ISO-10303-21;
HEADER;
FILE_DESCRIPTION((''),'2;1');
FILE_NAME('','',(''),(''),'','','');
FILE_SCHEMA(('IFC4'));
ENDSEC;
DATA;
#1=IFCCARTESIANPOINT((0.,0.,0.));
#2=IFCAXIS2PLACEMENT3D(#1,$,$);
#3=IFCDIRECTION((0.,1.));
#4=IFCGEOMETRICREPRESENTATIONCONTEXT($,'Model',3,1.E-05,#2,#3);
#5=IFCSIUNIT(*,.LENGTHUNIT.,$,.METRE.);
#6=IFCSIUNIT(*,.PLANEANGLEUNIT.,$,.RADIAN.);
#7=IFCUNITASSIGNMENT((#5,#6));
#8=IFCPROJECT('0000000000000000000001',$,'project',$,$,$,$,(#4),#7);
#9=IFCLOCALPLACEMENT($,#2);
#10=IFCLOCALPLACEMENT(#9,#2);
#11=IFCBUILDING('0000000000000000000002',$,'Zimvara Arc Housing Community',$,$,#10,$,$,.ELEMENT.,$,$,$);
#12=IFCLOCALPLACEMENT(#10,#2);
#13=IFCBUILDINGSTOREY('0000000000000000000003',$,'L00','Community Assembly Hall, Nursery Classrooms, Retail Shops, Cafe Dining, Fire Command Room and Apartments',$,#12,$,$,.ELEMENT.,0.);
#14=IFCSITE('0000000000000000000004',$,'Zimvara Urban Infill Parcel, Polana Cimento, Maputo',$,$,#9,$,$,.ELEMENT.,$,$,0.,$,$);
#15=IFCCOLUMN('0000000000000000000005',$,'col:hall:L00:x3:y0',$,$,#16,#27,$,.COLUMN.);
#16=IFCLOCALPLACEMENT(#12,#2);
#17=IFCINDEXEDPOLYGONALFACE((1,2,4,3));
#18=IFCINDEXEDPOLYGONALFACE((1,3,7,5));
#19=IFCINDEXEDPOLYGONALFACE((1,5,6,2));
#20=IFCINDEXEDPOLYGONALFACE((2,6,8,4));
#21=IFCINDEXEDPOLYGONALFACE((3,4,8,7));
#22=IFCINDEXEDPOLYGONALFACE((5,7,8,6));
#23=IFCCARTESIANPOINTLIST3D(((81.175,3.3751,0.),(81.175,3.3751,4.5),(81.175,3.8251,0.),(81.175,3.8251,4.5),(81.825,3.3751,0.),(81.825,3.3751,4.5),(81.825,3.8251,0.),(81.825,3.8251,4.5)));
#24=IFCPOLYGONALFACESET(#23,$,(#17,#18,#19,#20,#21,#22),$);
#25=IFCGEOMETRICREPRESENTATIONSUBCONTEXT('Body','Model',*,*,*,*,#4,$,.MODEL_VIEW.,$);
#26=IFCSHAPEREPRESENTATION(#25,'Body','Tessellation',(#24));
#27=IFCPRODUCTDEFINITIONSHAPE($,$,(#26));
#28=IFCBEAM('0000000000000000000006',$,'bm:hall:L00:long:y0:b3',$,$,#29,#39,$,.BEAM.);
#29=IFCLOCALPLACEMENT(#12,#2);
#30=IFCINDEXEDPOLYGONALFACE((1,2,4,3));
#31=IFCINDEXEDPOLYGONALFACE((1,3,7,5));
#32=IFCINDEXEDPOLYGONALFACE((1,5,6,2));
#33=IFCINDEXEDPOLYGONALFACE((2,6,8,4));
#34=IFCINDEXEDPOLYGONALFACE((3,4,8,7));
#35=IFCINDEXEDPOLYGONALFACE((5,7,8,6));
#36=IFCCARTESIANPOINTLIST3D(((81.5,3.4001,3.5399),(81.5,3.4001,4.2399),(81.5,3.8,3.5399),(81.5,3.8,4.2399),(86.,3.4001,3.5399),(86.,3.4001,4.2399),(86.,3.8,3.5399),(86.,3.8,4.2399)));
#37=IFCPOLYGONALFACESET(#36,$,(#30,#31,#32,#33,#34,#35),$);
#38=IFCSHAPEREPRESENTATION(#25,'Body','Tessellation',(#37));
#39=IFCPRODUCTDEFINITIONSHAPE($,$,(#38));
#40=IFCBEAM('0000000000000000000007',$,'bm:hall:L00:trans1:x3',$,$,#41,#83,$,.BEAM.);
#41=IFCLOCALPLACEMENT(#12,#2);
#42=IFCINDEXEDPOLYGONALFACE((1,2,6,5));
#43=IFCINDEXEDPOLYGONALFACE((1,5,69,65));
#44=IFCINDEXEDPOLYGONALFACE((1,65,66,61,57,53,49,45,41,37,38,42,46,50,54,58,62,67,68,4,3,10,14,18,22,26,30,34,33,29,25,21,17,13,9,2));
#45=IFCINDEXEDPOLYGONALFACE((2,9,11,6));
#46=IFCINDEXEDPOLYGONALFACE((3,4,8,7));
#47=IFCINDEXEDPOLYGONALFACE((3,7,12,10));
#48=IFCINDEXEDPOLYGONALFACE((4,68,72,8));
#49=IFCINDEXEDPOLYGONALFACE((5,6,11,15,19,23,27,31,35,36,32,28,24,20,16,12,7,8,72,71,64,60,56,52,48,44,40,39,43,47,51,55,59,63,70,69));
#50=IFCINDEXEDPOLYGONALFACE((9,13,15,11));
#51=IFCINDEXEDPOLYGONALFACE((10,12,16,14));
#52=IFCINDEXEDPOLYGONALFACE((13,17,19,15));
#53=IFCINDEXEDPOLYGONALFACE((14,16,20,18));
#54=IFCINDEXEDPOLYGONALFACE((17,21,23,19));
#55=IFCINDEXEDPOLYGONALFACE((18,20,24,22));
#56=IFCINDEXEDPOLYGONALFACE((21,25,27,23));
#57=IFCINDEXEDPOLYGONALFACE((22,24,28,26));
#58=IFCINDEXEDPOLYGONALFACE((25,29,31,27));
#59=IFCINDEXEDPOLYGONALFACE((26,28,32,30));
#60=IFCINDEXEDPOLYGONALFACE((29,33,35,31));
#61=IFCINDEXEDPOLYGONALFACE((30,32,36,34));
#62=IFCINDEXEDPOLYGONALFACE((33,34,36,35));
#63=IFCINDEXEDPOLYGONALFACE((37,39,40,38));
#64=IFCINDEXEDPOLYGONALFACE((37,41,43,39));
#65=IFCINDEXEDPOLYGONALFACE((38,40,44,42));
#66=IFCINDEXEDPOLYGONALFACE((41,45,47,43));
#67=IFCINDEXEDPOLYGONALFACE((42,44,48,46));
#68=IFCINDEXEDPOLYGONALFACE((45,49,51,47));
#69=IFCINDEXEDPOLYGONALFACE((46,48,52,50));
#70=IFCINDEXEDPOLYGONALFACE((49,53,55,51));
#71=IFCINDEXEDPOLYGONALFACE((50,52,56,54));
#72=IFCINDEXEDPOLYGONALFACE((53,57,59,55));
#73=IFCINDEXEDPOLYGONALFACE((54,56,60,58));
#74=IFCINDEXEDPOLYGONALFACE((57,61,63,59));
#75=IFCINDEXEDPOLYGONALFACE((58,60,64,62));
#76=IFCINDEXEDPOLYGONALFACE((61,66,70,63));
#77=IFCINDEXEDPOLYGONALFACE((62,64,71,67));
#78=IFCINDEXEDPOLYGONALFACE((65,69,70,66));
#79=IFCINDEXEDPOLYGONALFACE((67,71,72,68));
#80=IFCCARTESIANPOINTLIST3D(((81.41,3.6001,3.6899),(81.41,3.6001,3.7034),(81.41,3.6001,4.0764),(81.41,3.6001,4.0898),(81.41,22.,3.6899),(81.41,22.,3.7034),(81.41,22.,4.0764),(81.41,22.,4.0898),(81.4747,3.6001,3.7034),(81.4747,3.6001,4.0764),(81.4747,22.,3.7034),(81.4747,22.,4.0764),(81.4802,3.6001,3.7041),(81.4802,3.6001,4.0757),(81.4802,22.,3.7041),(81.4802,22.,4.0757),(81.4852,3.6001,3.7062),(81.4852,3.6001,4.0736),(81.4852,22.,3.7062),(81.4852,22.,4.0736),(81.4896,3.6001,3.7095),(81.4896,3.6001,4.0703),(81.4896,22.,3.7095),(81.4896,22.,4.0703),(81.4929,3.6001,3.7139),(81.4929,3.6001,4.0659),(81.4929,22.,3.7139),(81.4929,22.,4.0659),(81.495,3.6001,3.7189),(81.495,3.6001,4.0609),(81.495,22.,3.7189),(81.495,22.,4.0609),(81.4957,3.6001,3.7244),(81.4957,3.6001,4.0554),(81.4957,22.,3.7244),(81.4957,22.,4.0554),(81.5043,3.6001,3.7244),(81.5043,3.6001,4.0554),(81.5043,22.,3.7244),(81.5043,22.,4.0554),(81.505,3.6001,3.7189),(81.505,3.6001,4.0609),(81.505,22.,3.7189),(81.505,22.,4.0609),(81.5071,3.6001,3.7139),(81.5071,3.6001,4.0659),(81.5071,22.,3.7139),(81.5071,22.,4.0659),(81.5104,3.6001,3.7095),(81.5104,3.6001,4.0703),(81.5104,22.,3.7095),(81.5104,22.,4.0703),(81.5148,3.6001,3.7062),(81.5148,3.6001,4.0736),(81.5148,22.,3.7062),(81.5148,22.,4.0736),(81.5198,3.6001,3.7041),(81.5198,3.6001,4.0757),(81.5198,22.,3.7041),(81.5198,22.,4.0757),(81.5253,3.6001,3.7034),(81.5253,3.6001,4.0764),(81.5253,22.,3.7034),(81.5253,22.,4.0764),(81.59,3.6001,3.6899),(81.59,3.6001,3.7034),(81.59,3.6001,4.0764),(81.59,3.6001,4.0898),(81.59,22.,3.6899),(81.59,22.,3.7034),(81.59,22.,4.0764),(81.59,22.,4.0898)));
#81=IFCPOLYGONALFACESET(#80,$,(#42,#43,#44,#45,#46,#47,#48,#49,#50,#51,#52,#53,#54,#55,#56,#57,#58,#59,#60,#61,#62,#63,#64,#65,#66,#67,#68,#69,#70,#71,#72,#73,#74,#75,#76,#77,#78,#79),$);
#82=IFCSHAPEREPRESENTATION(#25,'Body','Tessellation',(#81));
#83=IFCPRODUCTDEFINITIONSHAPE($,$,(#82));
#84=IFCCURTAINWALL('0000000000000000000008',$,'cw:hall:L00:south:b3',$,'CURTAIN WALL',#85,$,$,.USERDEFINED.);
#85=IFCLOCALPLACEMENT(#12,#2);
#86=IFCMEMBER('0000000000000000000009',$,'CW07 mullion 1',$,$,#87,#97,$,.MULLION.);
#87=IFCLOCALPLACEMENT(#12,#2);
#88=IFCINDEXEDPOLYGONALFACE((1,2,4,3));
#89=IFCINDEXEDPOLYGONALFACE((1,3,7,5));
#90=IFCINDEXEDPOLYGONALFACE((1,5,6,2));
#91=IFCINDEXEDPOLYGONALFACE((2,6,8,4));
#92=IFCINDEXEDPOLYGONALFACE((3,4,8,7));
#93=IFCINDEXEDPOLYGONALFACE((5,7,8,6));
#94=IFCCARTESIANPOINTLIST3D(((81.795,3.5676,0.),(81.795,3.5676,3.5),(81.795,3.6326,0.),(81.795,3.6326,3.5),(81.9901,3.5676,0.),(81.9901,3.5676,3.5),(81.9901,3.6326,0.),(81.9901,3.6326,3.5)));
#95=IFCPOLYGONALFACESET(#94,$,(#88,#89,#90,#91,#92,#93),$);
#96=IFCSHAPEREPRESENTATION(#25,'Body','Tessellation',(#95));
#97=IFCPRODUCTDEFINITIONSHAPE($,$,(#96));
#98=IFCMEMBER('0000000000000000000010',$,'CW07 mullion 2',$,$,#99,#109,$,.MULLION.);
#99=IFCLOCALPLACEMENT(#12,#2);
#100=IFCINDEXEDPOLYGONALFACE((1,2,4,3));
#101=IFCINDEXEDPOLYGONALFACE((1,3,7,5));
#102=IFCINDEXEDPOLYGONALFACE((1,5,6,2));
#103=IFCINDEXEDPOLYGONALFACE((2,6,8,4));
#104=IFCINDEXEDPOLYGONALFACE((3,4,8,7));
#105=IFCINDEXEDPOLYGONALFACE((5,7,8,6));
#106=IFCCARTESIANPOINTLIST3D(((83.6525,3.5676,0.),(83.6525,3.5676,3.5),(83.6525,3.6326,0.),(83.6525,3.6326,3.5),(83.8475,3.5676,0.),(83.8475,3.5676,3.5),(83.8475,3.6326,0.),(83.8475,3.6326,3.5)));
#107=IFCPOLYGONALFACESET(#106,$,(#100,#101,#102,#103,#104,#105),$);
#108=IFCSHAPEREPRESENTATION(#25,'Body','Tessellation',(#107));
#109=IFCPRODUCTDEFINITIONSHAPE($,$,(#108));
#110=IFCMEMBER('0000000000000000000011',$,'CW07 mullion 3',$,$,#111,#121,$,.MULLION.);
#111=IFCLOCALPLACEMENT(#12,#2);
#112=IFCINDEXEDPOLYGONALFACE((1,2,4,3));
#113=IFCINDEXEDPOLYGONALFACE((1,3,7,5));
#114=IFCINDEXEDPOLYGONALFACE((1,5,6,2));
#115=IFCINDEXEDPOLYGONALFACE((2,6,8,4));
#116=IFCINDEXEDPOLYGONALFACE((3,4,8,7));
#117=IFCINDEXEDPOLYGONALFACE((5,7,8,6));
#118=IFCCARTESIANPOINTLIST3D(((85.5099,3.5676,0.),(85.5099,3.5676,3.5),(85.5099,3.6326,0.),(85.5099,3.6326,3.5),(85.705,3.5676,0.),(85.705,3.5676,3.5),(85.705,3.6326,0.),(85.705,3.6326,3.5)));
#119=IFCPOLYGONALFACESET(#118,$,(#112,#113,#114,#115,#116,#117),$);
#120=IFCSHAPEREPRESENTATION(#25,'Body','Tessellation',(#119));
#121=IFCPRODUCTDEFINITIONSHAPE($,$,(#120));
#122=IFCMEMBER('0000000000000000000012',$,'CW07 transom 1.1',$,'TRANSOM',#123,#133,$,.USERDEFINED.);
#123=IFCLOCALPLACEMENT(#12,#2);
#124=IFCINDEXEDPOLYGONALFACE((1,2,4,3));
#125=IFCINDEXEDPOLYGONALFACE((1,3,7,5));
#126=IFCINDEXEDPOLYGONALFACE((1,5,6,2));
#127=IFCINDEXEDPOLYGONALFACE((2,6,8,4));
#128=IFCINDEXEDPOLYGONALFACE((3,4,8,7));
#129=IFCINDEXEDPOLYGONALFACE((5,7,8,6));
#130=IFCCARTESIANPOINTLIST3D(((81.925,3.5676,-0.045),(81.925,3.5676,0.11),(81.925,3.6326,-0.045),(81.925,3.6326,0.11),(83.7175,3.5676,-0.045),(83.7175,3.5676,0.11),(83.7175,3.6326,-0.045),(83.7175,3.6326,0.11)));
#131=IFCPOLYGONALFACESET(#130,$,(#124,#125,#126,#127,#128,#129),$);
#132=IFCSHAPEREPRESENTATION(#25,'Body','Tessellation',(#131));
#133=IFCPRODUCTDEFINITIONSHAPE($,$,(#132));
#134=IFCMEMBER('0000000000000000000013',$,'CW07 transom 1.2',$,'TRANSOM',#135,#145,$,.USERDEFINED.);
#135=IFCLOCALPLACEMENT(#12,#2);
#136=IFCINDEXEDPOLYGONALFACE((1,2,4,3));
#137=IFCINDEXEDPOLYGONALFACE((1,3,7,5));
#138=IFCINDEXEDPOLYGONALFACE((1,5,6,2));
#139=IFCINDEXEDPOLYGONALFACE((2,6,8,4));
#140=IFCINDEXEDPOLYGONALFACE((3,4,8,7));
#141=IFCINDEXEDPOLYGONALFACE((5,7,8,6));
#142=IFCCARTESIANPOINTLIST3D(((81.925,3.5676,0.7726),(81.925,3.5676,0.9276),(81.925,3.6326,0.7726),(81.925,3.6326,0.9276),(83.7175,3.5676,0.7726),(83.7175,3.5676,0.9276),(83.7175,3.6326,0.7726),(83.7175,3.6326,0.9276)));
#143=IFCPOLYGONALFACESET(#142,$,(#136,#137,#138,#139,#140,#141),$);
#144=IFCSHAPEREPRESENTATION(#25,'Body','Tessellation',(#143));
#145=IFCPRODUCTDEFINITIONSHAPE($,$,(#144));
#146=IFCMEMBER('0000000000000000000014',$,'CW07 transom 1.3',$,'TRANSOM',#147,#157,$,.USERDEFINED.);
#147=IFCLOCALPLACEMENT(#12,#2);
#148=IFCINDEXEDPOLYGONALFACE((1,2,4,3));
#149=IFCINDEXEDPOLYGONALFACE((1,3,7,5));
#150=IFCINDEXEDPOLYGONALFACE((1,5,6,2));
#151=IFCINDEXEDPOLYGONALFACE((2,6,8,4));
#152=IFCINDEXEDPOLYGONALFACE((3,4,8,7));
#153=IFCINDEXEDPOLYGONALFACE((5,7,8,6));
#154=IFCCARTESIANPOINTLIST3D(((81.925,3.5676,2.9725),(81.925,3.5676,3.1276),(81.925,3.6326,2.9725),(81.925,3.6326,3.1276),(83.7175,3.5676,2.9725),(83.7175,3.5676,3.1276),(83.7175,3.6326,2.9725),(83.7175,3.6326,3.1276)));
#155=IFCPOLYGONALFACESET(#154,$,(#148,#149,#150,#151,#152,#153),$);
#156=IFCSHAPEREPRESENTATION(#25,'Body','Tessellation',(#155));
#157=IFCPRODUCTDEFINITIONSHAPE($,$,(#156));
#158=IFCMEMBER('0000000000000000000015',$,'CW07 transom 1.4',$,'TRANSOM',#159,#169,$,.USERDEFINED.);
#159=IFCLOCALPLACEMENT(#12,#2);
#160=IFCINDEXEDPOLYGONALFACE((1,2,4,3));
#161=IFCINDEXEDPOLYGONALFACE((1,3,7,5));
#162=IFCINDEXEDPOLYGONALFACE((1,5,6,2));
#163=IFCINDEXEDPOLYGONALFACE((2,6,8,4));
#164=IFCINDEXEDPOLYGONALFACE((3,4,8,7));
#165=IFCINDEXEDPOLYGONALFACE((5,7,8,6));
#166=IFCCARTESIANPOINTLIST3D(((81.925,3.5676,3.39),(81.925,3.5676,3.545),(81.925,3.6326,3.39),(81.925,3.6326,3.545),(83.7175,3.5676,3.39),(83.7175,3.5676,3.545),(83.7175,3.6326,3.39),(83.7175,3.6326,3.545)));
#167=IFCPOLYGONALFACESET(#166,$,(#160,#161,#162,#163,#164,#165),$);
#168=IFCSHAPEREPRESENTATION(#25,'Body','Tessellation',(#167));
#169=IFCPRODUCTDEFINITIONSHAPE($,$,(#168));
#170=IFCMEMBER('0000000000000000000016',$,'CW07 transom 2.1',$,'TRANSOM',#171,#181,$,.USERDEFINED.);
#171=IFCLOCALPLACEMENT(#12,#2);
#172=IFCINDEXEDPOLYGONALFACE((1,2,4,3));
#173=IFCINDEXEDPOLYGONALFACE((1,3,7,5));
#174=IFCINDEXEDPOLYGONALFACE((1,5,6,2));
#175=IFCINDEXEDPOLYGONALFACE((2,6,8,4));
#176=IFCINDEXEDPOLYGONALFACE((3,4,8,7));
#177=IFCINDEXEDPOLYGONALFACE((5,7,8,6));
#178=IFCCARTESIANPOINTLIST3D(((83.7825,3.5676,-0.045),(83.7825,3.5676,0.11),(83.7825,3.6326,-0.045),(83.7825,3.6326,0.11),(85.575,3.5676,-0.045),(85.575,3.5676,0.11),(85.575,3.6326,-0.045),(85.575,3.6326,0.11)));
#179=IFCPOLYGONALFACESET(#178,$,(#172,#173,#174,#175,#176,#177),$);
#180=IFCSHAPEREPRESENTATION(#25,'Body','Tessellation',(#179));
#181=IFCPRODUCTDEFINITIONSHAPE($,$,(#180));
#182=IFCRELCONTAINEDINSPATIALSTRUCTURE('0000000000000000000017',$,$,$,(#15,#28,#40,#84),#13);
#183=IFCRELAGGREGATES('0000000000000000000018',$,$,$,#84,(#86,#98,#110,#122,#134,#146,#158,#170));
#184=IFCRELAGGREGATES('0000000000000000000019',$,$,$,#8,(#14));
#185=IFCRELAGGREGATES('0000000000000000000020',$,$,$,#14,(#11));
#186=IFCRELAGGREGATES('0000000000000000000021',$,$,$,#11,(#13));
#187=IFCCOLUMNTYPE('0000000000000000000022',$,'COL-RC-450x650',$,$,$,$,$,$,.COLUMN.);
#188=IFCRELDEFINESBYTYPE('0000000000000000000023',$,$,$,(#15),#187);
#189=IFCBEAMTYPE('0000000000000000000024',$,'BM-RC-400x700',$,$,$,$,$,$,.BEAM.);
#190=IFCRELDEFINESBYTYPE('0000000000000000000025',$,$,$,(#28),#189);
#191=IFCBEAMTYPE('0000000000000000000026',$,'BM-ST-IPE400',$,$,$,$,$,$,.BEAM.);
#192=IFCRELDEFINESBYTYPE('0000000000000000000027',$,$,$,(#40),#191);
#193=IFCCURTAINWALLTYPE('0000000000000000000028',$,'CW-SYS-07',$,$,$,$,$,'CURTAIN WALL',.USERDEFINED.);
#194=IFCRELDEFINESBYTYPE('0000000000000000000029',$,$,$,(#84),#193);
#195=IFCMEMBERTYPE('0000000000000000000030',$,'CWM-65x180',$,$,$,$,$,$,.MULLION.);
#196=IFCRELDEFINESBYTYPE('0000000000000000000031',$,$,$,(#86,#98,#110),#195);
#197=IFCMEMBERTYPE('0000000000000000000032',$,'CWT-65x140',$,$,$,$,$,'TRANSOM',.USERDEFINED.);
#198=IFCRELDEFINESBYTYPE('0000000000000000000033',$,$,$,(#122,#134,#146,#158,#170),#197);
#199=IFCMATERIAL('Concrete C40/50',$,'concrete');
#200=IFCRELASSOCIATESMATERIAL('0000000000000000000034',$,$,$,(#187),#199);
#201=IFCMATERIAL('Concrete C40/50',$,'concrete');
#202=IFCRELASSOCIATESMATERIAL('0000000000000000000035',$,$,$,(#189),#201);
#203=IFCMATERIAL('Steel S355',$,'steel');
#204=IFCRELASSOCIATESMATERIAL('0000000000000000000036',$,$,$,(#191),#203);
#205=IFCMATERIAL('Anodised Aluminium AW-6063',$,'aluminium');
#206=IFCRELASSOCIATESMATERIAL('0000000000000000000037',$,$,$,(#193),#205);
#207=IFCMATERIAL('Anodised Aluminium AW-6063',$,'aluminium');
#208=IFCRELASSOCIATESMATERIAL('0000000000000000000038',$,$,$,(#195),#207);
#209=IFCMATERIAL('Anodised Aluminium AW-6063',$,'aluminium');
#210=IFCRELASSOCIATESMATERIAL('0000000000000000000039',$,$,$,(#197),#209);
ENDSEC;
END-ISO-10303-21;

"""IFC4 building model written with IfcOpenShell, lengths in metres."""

from ifc_helpers import new_model, si_unit, direction, frame, origin, origin_2d, place, context, subcontext, project, spatial, rectangle, i_section, extrude, material, material_profile, profile_set, type_object, element, aggregate, save


model = new_model("IFC4")

# Units and contexts
model_context = context("Model", 3, precision=1e-05, world=origin(), true_north=direction((0.0, 1.0)))
body_context = subcontext(model_context, "Body", "Model", "MODEL_VIEW")
ifc_project = project(units=[si_unit("LENGTHUNIT", "METRE"), si_unit("PLANEANGLEUNIT", "RADIAN")], contexts=[model_context])

# Site, building, storey
site_placement = place(None, origin())
site = spatial("IfcSite", under=ifc_project, at=site_placement, Name="Zimvara Urban Infill Parcel, Polana Cimento, Maputo", CompositionType="ELEMENT", RefElevation=0.0)
building_placement = place(site_placement, origin())
building = spatial("IfcBuilding", under=site, at=building_placement, Name="Zimvara Arc Housing Community", CompositionType="ELEMENT")
storey_placement = place(building_placement, origin())
storey = spatial("IfcBuildingStorey", under=building, at=storey_placement, Name="L00", Description="Community Assembly Hall, Nursery Classrooms, Retail Shops, Cafe Dining, Fire Command Room and Apartments", CompositionType="ELEMENT", Elevation=0.0)

# Column
ifc_material_1 = material(Name="Concrete C40/50", Category="concrete")
ifc_material_profile_1 = material_profile(ifc_material_1, rectangle(XDim=0.45, YDim=0.6499, at=origin_2d()), Name="RC 450x650")
ifc_profile_set_1 = profile_set([ifc_material_profile_1], Name="Concrete C40/50")
column_type = type_object("IfcColumnType", Name="COL-RC-450x650", PredefinedType="COLUMN", material=ifc_profile_set_1)
column_placement = place(storey_placement, frame((81.5, 3.6001, 0.0), z_axis=(0.0, 0.0, 1.0), x_axis=(0.0, 1.0, 0.0)))
element("IfcColumn", 1, at=column_placement, inside=storey, type_object=column_type, Name="col:hall:L00:x3:y0", PredefinedType="COLUMN", context=body_context, shape_type="SweptSolid", body=[
    extrude(rectangle(XDim=0.45, YDim=0.6499, at=origin_2d()), origin(), (0.0, 0.0, 1.0), 4.5),
])

# Beams
ifc_material_2 = material(Name="Concrete C40/50", Category="concrete")
ifc_material_profile_2 = material_profile(ifc_material_2, rectangle(XDim=0.3999, YDim=0.7, at=origin_2d()), Name="RC 400x700")
ifc_profile_set_2 = profile_set([ifc_material_profile_2], Name="Concrete C40/50")
beam_type_1 = type_object("IfcBeamType", Name="BM-RC-400x700", PredefinedType="BEAM", material=ifc_profile_set_2)
beam_1_placement = place(storey_placement, frame((81.5, 3.6001, 3.8899), z_axis=(1.0, 0.0, 0.0), x_axis=(0.0, 1.0, 0.0)))
element("IfcBeam", 2, at=beam_1_placement, inside=storey, type_object=beam_type_1, Name="bm:hall:L00:long:y0:b3", PredefinedType="BEAM", context=body_context, shape_type="SweptSolid", body=[
    extrude(rectangle(XDim=0.3999, YDim=0.7, at=origin_2d()), origin(), (0.0, 0.0, 1.0), 4.5),
])
ifc_material_3 = material(Name="Steel S355", Category="steel")
ifc_material_profile_3 = material_profile(ifc_material_3, i_section(OverallWidth=0.1799, OverallDepth=0.3999, WebThickness=0.0085, FlangeThickness=0.0134, FilletRadius=0.021, at=origin_2d()), Name="IPE 400")
ifc_profile_set_3 = profile_set([ifc_material_profile_3], Name="Steel S355")
beam_type_2 = type_object("IfcBeamType", Name="BM-ST-IPE400", PredefinedType="BEAM", material=ifc_profile_set_3)
beam_2_placement = place(storey_placement, frame((81.5, 3.6001, 3.8899), z_axis=(0.0, 1.0, 0.0), x_axis=(-1.0, 0.0, 0.0)))
element("IfcBeam", 3, at=beam_2_placement, inside=storey, type_object=beam_type_2, Name="bm:hall:L00:trans1:x3", PredefinedType="BEAM", context=body_context, shape_type="SweptSolid", body=[
    extrude(i_section(OverallWidth=0.1799, OverallDepth=0.3999, WebThickness=0.0085, FlangeThickness=0.0134, FilletRadius=0.021, at=origin_2d()), origin(), (0.0, 0.0, 1.0), 18.3999),
])

# Curtain wall, members
ifc_material_4 = material(Name="Anodised Aluminium AW-6063", Category="aluminium")
curtain_wall_type = type_object("IfcCurtainWallType", Name="CW-SYS-07", ElementType="CURTAIN WALL", PredefinedType="USERDEFINED", material=ifc_material_4)
curtain_wall_placement = place(storey_placement, origin())
curtain_wall = element("IfcCurtainWall", 4, at=curtain_wall_placement, inside=storey, type_object=curtain_wall_type, Name="cw:hall:L00:south:b3", ObjectType="CURTAIN WALL", PredefinedType="USERDEFINED")
ifc_material_5 = material(Name="Anodised Aluminium AW-6063", Category="aluminium")
ifc_material_profile_4 = material_profile(ifc_material_5, rectangle(XDim=0.0649, YDim=0.1951, at=origin_2d()), Name="ALU 65x195")
ifc_profile_set_4 = profile_set([ifc_material_profile_4], Name="Anodised Aluminium AW-6063")
member_type_1 = type_object("IfcMemberType", Name="CWM-65x180", PredefinedType="MULLION", material=ifc_profile_set_4)
member_1_placement = place(storey_placement, frame((81.8926, 3.6001, 0.0), z_axis=(0.0, 0.0, 1.0), x_axis=(0.0, 1.0, 0.0)))
member_1 = element("IfcMember", 5, at=member_1_placement, type_object=member_type_1, Name="CW07 mullion 1", PredefinedType="MULLION", context=body_context, shape_type="SweptSolid", body=[
    extrude(rectangle(XDim=0.0649, YDim=0.1951, at=origin_2d()), origin(), (0.0, 0.0, 1.0), 3.5),
])
member_2_placement = place(storey_placement, frame((83.75, 3.6001, 0.0), z_axis=(0.0, 0.0, 1.0), x_axis=(0.0, 1.0, 0.0)))
member_2 = element("IfcMember", 6, at=member_2_placement, type_object=member_type_1, Name="CW07 mullion 2", PredefinedType="MULLION", context=body_context, shape_type="SweptSolid", body=[
    extrude(rectangle(XDim=0.0649, YDim=0.1951, at=origin_2d()), origin(), (0.0, 0.0, 1.0), 3.5),
])
member_3_placement = place(storey_placement, frame((85.6074, 3.6001, 0.0), z_axis=(0.0, 0.0, 1.0), x_axis=(0.0, 1.0, 0.0)))
member_3 = element("IfcMember", 7, at=member_3_placement, type_object=member_type_1, Name="CW07 mullion 3", PredefinedType="MULLION", context=body_context, shape_type="SweptSolid", body=[
    extrude(rectangle(XDim=0.0649, YDim=0.1951, at=origin_2d()), origin(), (0.0, 0.0, 1.0), 3.5),
])
ifc_material_6 = material(Name="Anodised Aluminium AW-6063", Category="aluminium")
ifc_material_profile_5 = material_profile(ifc_material_6, rectangle(XDim=0.0649, YDim=0.155, at=origin_2d()), Name="ALU 65x155")
ifc_profile_set_5 = profile_set([ifc_material_profile_5], Name="Anodised Aluminium AW-6063")
member_type_2 = type_object("IfcMemberType", Name="CWT-65x140", ElementType="TRANSOM", PredefinedType="USERDEFINED", material=ifc_profile_set_5)
member_4_placement = place(storey_placement, frame((81.925, 3.6001, 0.0325), z_axis=(1.0, 0.0, 0.0), x_axis=(0.0, 1.0, 0.0)))
member_4 = element("IfcMember", 8, at=member_4_placement, type_object=member_type_2, Name="CW07 transom 1.1", ObjectType="TRANSOM", PredefinedType="USERDEFINED", context=body_context, shape_type="SweptSolid", body=[
    extrude(rectangle(XDim=0.0649, YDim=0.155, at=origin_2d()), origin(), (0.0, 0.0, 1.0), 1.7925),
])
member_5_placement = place(storey_placement, frame((81.925, 3.6001, 0.8501), z_axis=(1.0, 0.0, 0.0), x_axis=(0.0, 1.0, 0.0)))
member_5 = element("IfcMember", 9, at=member_5_placement, type_object=member_type_2, Name="CW07 transom 1.2", ObjectType="TRANSOM", PredefinedType="USERDEFINED", context=body_context, shape_type="SweptSolid", body=[
    extrude(rectangle(XDim=0.0649, YDim=0.155, at=origin_2d()), origin(), (0.0, 0.0, 1.0), 1.7925),
])
member_6_placement = place(storey_placement, frame((81.925, 3.6001, 3.05), z_axis=(1.0, 0.0, 0.0), x_axis=(0.0, 1.0, 0.0)))
member_6 = element("IfcMember", 10, at=member_6_placement, type_object=member_type_2, Name="CW07 transom 1.3", ObjectType="TRANSOM", PredefinedType="USERDEFINED", context=body_context, shape_type="SweptSolid", body=[
    extrude(rectangle(XDim=0.0649, YDim=0.155, at=origin_2d()), origin(), (0.0, 0.0, 1.0), 1.7925),
])
member_7_placement = place(storey_placement, frame((81.925, 3.6001, 3.4675), z_axis=(1.0, 0.0, 0.0), x_axis=(0.0, 1.0, 0.0)))
member_7 = element("IfcMember", 11, at=member_7_placement, type_object=member_type_2, Name="CW07 transom 1.4", ObjectType="TRANSOM", PredefinedType="USERDEFINED", context=body_context, shape_type="SweptSolid", body=[
    extrude(rectangle(XDim=0.0649, YDim=0.155, at=origin_2d()), origin(), (0.0, 0.0, 1.0), 1.7925),
])
member_8_placement = place(storey_placement, frame((83.7825, 3.6001, 0.0325), z_axis=(1.0, 0.0, 0.0), x_axis=(0.0, 1.0, 0.0)))
member_8 = element("IfcMember", 12, at=member_8_placement, type_object=member_type_2, Name="CW07 transom 2.1", ObjectType="TRANSOM", PredefinedType="USERDEFINED", context=body_context, shape_type="SweptSolid", body=[
    extrude(rectangle(XDim=0.0649, YDim=0.155, at=origin_2d()), origin(), (0.0, 0.0, 1.0), 1.7925),
])
aggregate(curtain_wall, [member_1, member_2, member_3, member_4, member_5, member_6, member_7, member_8])

save(model, "model.ifc")
